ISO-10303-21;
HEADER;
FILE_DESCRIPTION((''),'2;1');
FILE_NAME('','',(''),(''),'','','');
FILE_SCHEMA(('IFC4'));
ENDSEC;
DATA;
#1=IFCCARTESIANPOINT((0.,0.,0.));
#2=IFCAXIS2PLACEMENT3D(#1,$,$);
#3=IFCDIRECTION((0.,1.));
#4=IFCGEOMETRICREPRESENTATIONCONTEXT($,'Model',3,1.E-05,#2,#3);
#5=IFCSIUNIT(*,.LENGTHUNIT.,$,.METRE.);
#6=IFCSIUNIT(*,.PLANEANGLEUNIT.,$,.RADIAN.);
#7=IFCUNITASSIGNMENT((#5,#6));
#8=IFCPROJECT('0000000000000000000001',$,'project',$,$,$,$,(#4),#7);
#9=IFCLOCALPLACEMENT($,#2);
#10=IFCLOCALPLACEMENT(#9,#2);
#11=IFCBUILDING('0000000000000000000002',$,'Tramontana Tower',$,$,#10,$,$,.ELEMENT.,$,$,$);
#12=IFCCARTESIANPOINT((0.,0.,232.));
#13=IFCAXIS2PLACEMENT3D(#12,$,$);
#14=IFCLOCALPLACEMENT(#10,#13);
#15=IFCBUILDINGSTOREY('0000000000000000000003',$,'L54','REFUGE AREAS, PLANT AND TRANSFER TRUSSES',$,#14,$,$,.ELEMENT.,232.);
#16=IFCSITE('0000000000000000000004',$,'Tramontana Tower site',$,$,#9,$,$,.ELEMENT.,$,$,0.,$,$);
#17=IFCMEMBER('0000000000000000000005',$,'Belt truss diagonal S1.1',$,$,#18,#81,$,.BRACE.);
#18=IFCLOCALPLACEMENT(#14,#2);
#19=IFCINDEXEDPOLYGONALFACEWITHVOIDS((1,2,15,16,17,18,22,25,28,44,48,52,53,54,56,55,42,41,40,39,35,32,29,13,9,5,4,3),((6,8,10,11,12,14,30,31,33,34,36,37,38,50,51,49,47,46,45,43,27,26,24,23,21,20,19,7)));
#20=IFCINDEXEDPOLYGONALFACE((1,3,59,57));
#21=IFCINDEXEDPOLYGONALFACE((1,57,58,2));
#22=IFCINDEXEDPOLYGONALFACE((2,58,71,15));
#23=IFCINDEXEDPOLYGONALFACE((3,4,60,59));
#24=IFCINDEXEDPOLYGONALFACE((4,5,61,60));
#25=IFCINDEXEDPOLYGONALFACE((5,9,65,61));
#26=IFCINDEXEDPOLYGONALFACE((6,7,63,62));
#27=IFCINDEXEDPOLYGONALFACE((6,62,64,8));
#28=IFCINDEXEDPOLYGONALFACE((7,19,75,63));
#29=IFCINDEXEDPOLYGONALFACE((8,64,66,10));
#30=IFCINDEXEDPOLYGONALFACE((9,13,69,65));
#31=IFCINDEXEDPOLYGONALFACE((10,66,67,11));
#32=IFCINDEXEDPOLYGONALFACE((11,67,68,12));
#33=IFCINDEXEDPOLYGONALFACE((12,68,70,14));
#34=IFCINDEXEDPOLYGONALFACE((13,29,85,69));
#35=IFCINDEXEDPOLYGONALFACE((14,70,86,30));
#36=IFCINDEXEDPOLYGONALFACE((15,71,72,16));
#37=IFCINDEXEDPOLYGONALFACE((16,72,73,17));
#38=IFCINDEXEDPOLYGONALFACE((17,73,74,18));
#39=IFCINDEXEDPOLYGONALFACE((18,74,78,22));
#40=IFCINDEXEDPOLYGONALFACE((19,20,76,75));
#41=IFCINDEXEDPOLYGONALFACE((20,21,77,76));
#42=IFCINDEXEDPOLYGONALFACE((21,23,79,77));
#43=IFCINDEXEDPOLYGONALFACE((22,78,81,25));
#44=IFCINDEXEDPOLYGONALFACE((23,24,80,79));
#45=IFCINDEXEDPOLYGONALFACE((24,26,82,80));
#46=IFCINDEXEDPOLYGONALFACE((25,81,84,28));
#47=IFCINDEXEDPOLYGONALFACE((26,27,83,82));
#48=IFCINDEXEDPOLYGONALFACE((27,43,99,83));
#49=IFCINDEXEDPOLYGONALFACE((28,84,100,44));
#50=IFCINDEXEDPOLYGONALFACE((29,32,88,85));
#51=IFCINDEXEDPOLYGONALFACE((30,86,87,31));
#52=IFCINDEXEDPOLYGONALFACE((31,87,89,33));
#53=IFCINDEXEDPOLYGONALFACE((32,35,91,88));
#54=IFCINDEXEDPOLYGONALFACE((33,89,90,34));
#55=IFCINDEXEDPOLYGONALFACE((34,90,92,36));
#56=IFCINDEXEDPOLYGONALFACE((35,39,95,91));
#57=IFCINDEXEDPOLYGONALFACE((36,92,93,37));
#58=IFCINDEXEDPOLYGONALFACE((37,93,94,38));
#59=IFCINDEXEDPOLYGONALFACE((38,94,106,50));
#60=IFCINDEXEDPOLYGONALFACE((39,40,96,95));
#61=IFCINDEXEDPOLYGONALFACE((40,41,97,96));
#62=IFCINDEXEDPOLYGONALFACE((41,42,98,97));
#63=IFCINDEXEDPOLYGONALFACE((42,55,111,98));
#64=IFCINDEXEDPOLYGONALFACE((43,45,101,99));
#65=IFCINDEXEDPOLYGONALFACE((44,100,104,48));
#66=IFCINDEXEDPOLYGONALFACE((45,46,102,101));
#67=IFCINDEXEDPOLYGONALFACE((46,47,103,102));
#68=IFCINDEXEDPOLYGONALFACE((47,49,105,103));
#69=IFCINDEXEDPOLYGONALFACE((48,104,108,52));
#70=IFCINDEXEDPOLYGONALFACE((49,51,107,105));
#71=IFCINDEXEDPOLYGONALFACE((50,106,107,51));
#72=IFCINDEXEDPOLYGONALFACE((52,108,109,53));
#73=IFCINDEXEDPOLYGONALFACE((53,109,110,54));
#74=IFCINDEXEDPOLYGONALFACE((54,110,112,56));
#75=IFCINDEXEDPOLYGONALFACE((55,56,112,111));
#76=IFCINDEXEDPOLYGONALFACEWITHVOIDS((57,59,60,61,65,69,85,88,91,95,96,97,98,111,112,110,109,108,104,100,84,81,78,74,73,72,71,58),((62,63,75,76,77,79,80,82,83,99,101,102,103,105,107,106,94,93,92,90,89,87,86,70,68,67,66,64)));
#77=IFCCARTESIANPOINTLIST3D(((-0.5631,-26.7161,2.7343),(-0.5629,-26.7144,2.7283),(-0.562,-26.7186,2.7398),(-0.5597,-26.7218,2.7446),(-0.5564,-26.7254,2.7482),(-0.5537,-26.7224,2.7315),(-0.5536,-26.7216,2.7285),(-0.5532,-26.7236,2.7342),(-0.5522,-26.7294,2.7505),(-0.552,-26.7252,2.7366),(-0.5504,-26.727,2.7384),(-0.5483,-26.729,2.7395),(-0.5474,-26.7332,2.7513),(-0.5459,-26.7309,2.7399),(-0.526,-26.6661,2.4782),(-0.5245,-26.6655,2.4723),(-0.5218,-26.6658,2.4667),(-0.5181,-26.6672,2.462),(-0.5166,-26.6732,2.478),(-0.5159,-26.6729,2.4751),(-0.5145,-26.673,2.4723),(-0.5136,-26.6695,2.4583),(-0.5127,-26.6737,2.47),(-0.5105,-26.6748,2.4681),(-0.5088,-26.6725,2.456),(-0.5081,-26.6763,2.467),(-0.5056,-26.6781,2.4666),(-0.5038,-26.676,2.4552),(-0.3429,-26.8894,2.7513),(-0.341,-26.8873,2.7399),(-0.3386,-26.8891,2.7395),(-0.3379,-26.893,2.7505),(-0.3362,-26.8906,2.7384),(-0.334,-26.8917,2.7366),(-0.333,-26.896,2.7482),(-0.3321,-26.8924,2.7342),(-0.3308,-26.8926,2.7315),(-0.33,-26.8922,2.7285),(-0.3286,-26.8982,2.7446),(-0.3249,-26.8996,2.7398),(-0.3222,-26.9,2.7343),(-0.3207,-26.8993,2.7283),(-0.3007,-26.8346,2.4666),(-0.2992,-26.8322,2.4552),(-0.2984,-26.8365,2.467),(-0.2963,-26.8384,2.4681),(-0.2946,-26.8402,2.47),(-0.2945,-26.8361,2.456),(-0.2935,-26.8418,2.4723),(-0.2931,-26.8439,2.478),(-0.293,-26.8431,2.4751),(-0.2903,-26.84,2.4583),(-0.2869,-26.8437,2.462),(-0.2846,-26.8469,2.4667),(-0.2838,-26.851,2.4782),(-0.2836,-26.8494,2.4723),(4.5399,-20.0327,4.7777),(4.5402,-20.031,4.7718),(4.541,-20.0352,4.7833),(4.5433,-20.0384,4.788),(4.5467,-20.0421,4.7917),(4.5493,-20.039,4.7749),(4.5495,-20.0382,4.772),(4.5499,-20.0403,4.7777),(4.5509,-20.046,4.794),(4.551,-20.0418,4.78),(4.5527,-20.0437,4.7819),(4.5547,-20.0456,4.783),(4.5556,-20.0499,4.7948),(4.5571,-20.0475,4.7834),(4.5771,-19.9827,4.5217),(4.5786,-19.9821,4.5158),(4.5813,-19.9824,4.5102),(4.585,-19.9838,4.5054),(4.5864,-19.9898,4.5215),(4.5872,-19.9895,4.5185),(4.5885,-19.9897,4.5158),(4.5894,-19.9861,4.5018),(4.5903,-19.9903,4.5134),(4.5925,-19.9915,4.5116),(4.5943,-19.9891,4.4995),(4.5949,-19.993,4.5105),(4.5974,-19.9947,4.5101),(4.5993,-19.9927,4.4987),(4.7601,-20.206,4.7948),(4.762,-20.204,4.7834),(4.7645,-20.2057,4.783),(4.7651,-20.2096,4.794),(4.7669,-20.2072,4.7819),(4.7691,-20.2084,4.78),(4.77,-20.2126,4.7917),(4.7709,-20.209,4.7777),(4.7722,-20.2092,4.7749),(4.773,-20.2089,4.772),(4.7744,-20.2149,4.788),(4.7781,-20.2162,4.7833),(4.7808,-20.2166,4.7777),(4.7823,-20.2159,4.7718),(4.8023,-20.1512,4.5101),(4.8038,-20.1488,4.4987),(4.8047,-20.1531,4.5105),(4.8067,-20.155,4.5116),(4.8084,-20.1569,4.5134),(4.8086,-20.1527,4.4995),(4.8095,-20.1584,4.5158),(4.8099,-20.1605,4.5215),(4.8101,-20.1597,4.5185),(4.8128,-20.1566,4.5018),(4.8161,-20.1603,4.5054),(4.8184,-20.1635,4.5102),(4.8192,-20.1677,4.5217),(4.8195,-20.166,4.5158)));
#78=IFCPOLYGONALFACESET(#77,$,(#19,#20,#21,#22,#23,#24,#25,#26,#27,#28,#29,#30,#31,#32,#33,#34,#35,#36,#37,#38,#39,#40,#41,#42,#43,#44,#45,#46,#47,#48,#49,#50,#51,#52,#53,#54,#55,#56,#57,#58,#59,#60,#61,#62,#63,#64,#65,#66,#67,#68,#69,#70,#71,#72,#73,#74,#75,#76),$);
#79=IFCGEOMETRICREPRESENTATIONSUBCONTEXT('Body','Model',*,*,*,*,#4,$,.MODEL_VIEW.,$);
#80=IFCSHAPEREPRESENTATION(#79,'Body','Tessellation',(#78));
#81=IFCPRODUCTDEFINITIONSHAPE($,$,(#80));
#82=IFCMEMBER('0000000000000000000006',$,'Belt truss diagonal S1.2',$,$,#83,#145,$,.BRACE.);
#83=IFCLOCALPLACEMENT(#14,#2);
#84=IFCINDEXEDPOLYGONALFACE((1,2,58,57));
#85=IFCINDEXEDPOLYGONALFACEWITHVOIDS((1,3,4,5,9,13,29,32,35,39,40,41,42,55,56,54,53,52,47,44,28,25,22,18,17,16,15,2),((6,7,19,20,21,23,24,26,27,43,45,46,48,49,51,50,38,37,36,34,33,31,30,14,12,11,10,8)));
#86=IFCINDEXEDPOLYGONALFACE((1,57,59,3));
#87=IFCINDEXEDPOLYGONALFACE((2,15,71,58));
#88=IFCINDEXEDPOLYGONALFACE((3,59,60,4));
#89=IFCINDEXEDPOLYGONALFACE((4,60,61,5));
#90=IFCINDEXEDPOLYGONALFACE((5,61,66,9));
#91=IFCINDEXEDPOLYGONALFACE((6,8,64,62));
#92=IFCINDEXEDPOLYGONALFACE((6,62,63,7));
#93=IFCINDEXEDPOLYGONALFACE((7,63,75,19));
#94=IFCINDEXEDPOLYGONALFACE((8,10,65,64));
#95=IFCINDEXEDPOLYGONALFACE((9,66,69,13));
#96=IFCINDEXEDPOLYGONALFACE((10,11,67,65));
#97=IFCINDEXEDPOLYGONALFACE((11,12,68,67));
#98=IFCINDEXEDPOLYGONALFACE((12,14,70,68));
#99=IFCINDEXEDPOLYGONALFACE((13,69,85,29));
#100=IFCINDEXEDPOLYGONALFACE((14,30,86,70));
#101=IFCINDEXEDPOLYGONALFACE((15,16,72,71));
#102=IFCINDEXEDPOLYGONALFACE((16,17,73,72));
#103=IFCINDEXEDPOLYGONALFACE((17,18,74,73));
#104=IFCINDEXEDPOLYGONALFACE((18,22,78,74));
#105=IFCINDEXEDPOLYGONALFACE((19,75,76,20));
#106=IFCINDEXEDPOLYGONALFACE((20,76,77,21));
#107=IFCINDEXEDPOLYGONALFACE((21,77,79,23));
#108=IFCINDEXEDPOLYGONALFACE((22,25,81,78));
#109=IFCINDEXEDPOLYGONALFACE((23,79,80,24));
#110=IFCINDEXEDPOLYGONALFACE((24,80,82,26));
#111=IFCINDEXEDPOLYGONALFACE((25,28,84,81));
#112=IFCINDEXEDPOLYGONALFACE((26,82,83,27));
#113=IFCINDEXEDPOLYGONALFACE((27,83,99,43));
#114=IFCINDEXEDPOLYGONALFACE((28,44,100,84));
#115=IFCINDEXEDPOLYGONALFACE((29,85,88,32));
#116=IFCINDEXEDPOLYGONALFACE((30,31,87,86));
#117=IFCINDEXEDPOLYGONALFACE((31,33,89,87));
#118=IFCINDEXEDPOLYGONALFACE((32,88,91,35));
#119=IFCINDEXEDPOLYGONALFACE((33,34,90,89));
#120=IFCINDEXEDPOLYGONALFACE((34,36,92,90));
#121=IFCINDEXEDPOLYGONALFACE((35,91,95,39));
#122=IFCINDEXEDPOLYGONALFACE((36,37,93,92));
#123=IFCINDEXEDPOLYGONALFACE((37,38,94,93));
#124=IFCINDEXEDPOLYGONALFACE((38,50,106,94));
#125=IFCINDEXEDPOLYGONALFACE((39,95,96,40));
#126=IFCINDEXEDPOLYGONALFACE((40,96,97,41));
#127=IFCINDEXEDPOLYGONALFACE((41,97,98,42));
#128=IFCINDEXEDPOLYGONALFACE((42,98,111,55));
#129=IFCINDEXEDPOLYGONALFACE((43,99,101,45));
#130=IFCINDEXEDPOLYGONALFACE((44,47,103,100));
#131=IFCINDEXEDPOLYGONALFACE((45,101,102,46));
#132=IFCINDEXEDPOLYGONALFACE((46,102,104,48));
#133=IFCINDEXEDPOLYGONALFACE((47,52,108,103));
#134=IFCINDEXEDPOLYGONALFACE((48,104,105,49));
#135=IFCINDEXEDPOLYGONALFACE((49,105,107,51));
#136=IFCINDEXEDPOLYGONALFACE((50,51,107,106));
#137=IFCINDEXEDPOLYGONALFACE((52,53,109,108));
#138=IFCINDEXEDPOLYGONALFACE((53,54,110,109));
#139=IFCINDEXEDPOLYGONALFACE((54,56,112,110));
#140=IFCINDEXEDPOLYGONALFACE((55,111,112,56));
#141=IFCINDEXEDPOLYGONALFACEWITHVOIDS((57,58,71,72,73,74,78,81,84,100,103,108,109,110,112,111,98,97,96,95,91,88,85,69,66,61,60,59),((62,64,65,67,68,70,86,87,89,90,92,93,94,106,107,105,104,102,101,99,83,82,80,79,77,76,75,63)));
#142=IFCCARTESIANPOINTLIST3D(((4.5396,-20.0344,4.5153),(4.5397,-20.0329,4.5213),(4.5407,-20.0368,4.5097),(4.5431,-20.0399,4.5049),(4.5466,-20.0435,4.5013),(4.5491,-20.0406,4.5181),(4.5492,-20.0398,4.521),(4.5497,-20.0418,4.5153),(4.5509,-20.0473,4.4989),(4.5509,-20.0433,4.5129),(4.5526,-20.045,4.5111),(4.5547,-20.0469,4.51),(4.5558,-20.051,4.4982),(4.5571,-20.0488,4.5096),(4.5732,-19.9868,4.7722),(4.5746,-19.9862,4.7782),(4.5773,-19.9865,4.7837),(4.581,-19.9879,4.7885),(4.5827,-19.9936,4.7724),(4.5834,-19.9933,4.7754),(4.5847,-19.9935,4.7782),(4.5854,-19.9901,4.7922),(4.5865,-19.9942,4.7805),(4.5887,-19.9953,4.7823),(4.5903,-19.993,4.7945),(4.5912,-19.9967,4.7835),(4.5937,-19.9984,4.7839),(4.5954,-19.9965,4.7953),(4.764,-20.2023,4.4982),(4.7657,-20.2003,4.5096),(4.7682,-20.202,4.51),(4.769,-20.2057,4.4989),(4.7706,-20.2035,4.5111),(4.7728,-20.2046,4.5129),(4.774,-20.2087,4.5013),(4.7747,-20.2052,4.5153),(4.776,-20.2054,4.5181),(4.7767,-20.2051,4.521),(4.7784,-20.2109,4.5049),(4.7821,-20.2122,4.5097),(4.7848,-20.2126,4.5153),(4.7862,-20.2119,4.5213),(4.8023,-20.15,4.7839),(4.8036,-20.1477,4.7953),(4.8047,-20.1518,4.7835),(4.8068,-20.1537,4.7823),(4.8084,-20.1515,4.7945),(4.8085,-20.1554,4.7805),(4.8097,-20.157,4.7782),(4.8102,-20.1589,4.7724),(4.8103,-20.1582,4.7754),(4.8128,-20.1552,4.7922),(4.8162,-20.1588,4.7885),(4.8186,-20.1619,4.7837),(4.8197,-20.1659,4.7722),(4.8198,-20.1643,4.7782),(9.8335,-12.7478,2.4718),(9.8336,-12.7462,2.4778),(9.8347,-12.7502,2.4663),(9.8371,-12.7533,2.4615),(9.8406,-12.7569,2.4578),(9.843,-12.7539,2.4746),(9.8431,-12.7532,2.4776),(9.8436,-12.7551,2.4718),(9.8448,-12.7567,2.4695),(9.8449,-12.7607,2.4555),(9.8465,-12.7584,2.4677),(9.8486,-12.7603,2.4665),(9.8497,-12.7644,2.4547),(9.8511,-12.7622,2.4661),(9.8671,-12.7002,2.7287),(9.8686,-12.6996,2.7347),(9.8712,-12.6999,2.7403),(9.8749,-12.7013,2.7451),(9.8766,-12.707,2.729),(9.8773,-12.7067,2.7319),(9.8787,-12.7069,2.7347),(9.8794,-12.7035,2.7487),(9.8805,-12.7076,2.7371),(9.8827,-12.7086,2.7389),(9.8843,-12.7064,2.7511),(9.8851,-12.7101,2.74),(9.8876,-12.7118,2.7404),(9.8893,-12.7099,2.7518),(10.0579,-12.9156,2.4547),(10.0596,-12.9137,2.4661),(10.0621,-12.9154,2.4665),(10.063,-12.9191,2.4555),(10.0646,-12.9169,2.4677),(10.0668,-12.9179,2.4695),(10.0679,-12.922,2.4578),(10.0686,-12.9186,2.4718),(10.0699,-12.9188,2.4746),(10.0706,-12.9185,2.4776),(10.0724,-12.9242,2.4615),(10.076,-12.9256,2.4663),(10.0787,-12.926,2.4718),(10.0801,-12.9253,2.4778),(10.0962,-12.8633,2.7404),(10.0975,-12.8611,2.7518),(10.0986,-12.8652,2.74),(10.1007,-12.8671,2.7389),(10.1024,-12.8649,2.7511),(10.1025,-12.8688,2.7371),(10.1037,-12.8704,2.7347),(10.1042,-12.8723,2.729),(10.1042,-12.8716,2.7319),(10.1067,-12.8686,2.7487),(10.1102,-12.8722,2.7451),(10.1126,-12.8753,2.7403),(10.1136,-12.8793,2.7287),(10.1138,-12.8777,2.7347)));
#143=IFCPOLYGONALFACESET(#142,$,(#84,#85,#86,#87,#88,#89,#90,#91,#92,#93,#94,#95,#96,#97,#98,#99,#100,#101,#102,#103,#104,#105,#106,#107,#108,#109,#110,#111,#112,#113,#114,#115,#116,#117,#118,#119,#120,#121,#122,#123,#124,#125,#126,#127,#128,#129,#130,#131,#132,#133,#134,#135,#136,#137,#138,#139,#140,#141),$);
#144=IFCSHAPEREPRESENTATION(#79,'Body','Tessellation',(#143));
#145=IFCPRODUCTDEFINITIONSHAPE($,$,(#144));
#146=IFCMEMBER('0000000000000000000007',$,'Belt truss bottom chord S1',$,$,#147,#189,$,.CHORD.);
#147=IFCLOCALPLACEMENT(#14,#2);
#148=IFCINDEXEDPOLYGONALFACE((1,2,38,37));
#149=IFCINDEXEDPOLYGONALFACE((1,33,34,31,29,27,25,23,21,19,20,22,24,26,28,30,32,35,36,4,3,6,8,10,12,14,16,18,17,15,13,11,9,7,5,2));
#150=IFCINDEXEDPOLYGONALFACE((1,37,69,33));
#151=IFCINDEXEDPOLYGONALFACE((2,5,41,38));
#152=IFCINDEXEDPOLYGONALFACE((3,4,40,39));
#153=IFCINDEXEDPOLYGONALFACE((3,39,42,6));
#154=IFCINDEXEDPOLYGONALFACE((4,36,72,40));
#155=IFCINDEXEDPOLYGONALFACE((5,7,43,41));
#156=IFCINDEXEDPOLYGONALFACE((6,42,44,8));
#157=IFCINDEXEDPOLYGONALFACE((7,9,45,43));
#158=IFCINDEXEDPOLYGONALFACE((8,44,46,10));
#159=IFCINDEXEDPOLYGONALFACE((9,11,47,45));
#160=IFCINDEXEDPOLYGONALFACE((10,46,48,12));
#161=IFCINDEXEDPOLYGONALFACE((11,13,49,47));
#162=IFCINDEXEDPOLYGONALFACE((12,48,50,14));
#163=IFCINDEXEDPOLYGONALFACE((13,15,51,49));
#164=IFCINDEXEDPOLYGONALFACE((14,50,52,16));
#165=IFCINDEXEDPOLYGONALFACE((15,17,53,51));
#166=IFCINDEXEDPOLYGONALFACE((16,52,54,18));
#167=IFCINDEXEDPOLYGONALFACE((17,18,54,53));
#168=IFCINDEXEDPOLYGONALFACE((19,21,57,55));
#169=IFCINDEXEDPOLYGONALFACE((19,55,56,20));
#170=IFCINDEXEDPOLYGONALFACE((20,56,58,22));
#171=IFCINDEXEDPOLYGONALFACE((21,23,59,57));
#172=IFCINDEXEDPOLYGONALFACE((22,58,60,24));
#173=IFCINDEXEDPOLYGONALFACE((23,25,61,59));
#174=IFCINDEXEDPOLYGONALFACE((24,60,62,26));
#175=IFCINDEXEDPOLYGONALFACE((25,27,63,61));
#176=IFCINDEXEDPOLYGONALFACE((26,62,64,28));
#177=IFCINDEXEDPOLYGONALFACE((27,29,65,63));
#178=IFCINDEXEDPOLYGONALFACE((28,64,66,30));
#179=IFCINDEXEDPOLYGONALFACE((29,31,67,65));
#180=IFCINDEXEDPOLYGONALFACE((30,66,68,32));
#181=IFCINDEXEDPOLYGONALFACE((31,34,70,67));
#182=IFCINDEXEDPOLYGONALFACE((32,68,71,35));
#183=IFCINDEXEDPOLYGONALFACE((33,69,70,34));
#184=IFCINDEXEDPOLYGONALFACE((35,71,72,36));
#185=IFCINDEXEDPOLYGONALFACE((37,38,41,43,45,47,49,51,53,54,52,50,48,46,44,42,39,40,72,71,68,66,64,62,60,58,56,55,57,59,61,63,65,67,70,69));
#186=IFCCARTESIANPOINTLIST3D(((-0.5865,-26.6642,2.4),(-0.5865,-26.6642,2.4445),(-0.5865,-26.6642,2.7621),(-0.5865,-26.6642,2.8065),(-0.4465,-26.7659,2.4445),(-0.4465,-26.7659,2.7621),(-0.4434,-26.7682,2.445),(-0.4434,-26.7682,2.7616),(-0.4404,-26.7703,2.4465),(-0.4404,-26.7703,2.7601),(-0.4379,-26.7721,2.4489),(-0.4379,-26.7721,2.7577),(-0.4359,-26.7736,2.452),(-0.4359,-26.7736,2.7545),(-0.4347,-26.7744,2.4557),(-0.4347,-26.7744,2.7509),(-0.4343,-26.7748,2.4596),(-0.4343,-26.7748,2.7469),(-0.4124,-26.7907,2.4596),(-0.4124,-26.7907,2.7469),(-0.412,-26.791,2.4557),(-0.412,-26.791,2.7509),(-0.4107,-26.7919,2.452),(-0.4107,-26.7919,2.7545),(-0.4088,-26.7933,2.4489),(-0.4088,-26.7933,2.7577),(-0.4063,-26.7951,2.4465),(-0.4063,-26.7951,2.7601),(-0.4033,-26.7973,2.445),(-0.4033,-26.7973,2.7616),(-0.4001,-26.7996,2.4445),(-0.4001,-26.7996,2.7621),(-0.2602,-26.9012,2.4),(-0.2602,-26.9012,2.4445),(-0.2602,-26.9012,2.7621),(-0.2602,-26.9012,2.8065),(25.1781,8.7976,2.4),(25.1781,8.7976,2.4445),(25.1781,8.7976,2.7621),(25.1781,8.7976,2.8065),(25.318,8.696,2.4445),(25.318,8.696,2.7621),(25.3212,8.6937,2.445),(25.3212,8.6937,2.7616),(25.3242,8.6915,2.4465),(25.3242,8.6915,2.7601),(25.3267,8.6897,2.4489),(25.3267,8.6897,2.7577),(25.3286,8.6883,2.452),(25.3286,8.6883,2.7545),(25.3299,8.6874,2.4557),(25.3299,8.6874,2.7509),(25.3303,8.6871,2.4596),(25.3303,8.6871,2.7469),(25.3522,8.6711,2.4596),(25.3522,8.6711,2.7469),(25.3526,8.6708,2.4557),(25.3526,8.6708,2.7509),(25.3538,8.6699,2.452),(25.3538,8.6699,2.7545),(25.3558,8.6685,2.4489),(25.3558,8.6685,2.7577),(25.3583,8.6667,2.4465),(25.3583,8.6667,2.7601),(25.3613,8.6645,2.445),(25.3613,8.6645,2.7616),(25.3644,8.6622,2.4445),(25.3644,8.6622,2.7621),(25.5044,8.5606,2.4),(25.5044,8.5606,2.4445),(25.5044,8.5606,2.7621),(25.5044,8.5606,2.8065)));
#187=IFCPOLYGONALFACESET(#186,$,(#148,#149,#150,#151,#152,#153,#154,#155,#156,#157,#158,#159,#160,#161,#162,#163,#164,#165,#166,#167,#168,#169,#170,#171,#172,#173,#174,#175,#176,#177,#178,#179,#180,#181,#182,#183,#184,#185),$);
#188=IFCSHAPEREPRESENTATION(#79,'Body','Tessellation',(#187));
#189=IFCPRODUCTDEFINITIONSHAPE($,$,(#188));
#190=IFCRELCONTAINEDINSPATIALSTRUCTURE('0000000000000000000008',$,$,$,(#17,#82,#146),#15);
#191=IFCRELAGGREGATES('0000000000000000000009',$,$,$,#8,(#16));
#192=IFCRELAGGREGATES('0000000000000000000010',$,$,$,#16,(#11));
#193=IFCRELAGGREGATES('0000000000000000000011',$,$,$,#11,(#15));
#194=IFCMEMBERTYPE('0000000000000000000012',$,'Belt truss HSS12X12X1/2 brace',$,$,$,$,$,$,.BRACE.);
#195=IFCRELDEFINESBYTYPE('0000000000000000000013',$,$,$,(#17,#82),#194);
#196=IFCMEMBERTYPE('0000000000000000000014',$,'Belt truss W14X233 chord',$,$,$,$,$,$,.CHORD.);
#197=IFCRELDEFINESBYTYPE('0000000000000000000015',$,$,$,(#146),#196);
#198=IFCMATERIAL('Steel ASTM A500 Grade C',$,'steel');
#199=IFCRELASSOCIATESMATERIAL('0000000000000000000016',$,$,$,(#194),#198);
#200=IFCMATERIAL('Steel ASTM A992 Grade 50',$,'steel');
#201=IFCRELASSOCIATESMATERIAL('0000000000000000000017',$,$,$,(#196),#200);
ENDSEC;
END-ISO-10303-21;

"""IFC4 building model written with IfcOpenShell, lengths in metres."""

from ifc_helpers import new_model, si_unit, direction, frame, origin, origin_2d, place, context, subcontext, project, spatial, hollow_rectangle, i_section, extrude, material, material_profile, profile_set, type_object, element, save


model = new_model("IFC4")

# Units and contexts
model_context = context("Model", 3, precision=1e-05, world=origin(), true_north=direction((0.0, 1.0)))
body_context = subcontext(model_context, "Body", "Model", "MODEL_VIEW")
ifc_project = project(units=[si_unit("LENGTHUNIT", "METRE"), si_unit("PLANEANGLEUNIT", "RADIAN")], contexts=[model_context])

# Site, building, storey
site_placement = place(None, origin())
site = spatial("IfcSite", under=ifc_project, at=site_placement, Name="Tramontana Tower site", CompositionType="ELEMENT", RefElevation=0.0)
building_placement = place(site_placement, origin())
building = spatial("IfcBuilding", under=site, at=building_placement, Name="Tramontana Tower", CompositionType="ELEMENT")
storey_placement = place(building_placement, frame((0.0, 0.0, 232.0)))
storey = spatial("IfcBuildingStorey", under=building, at=storey_placement, Name="L54", Description="REFUGE AREAS, PLANT AND TRANSFER TRUSSES", CompositionType="ELEMENT", Elevation=232.0)

# Members
ifc_material_1 = material(Name="Steel ASTM A500 Grade C", Category="steel")
ifc_material_profile_1 = material_profile(ifc_material_1, hollow_rectangle(XDim=0.3047, YDim=0.3047, WallThickness=0.0117, InnerFilletRadius=0.0117, OuterFilletRadius=0.0237, at=origin_2d()), Name="HSS12X12X1/2")
ifc_profile_set_1 = profile_set([ifc_material_profile_1], Name="Steel ASTM A500 Grade C")
member_type_1 = type_object("IfcMemberType", Name="Belt truss HSS12X12X1/2 brace", PredefinedType="BRACE", material=ifc_profile_set_1)
member_1_placement = place(storey_placement, frame((-0.4233, -26.7827, 2.6033), z_axis=(0.589704, 0.772325, 0.236141), x_axis=(-0.794803, 0.606867, 0.0)))
element("IfcMember", 1, at=member_1_placement, inside=storey, type_object=member_type_1, Name="Belt truss diagonal S1.1", PredefinedType="BRACE", context=body_context, shape_type="SweptSolid", body=[
    extrude(hollow_rectangle(XDim=0.3047, YDim=0.3047, WallThickness=0.0117, InnerFilletRadius=0.0117, OuterFilletRadius=0.0237, at=origin_2d()), origin(), (0.0, 0.0, 1.0), 8.6536),
])
member_2_placement = place(storey_placement, frame((4.6797, -20.0994, 4.6467), z_axis=(0.57321, 0.788971, -0.221259), x_axis=(-0.809022, 0.587778, 0.0)))
element("IfcMember", 2, at=member_2_placement, inside=storey, type_object=member_type_1, Name="Belt truss diagonal S1.2", PredefinedType="BRACE", context=body_context, shape_type="SweptSolid", body=[
    extrude(hollow_rectangle(XDim=0.3047, YDim=0.3047, WallThickness=0.0117, InnerFilletRadius=0.0117, OuterFilletRadius=0.0237, at=origin_2d()), origin(), (0.0, 0.0, 1.0), 9.2356),
])
ifc_material_2 = material(Name="Steel ASTM A992 Grade 50", Category="steel")
ifc_material_profile_2 = material_profile(ifc_material_2, i_section(OverallWidth=0.4033, OverallDepth=0.4065, WebThickness=0.0271, FlangeThickness=0.0444, FilletRadius=0.0151, at=origin_2d()), Name="W14X233")
ifc_profile_set_2 = profile_set([ifc_material_profile_2], Name="Steel ASTM A992 Grade 50")
member_type_2 = type_object("IfcMemberType", Name="Belt truss W14X233 chord", PredefinedType="CHORD", material=ifc_profile_set_2)
for number, where, z_axis, x_axis, name in (
    (3, (-0.4233, -26.7827, 2.6033), (0.587786, 0.809016, 0.0), (-0.809016, 0.587786, 0.0), "Belt truss bottom chord S1"),
):
    element("IfcMember", number, at=place(storey_placement, frame(where, z_axis=z_axis, x_axis=x_axis)), inside=storey, type_object=member_type_2, Name=name, PredefinedType="CHORD", context=body_context, shape_type="SweptSolid", body=[
        extrude(i_section(OverallWidth=0.4033, OverallDepth=0.4065, WebThickness=0.0271, FlangeThickness=0.0444, FilletRadius=0.0151, at=origin_2d()), origin(), (0.0, 0.0, 1.0), 43.8333),
    ])

save(model, "model.ifc")
